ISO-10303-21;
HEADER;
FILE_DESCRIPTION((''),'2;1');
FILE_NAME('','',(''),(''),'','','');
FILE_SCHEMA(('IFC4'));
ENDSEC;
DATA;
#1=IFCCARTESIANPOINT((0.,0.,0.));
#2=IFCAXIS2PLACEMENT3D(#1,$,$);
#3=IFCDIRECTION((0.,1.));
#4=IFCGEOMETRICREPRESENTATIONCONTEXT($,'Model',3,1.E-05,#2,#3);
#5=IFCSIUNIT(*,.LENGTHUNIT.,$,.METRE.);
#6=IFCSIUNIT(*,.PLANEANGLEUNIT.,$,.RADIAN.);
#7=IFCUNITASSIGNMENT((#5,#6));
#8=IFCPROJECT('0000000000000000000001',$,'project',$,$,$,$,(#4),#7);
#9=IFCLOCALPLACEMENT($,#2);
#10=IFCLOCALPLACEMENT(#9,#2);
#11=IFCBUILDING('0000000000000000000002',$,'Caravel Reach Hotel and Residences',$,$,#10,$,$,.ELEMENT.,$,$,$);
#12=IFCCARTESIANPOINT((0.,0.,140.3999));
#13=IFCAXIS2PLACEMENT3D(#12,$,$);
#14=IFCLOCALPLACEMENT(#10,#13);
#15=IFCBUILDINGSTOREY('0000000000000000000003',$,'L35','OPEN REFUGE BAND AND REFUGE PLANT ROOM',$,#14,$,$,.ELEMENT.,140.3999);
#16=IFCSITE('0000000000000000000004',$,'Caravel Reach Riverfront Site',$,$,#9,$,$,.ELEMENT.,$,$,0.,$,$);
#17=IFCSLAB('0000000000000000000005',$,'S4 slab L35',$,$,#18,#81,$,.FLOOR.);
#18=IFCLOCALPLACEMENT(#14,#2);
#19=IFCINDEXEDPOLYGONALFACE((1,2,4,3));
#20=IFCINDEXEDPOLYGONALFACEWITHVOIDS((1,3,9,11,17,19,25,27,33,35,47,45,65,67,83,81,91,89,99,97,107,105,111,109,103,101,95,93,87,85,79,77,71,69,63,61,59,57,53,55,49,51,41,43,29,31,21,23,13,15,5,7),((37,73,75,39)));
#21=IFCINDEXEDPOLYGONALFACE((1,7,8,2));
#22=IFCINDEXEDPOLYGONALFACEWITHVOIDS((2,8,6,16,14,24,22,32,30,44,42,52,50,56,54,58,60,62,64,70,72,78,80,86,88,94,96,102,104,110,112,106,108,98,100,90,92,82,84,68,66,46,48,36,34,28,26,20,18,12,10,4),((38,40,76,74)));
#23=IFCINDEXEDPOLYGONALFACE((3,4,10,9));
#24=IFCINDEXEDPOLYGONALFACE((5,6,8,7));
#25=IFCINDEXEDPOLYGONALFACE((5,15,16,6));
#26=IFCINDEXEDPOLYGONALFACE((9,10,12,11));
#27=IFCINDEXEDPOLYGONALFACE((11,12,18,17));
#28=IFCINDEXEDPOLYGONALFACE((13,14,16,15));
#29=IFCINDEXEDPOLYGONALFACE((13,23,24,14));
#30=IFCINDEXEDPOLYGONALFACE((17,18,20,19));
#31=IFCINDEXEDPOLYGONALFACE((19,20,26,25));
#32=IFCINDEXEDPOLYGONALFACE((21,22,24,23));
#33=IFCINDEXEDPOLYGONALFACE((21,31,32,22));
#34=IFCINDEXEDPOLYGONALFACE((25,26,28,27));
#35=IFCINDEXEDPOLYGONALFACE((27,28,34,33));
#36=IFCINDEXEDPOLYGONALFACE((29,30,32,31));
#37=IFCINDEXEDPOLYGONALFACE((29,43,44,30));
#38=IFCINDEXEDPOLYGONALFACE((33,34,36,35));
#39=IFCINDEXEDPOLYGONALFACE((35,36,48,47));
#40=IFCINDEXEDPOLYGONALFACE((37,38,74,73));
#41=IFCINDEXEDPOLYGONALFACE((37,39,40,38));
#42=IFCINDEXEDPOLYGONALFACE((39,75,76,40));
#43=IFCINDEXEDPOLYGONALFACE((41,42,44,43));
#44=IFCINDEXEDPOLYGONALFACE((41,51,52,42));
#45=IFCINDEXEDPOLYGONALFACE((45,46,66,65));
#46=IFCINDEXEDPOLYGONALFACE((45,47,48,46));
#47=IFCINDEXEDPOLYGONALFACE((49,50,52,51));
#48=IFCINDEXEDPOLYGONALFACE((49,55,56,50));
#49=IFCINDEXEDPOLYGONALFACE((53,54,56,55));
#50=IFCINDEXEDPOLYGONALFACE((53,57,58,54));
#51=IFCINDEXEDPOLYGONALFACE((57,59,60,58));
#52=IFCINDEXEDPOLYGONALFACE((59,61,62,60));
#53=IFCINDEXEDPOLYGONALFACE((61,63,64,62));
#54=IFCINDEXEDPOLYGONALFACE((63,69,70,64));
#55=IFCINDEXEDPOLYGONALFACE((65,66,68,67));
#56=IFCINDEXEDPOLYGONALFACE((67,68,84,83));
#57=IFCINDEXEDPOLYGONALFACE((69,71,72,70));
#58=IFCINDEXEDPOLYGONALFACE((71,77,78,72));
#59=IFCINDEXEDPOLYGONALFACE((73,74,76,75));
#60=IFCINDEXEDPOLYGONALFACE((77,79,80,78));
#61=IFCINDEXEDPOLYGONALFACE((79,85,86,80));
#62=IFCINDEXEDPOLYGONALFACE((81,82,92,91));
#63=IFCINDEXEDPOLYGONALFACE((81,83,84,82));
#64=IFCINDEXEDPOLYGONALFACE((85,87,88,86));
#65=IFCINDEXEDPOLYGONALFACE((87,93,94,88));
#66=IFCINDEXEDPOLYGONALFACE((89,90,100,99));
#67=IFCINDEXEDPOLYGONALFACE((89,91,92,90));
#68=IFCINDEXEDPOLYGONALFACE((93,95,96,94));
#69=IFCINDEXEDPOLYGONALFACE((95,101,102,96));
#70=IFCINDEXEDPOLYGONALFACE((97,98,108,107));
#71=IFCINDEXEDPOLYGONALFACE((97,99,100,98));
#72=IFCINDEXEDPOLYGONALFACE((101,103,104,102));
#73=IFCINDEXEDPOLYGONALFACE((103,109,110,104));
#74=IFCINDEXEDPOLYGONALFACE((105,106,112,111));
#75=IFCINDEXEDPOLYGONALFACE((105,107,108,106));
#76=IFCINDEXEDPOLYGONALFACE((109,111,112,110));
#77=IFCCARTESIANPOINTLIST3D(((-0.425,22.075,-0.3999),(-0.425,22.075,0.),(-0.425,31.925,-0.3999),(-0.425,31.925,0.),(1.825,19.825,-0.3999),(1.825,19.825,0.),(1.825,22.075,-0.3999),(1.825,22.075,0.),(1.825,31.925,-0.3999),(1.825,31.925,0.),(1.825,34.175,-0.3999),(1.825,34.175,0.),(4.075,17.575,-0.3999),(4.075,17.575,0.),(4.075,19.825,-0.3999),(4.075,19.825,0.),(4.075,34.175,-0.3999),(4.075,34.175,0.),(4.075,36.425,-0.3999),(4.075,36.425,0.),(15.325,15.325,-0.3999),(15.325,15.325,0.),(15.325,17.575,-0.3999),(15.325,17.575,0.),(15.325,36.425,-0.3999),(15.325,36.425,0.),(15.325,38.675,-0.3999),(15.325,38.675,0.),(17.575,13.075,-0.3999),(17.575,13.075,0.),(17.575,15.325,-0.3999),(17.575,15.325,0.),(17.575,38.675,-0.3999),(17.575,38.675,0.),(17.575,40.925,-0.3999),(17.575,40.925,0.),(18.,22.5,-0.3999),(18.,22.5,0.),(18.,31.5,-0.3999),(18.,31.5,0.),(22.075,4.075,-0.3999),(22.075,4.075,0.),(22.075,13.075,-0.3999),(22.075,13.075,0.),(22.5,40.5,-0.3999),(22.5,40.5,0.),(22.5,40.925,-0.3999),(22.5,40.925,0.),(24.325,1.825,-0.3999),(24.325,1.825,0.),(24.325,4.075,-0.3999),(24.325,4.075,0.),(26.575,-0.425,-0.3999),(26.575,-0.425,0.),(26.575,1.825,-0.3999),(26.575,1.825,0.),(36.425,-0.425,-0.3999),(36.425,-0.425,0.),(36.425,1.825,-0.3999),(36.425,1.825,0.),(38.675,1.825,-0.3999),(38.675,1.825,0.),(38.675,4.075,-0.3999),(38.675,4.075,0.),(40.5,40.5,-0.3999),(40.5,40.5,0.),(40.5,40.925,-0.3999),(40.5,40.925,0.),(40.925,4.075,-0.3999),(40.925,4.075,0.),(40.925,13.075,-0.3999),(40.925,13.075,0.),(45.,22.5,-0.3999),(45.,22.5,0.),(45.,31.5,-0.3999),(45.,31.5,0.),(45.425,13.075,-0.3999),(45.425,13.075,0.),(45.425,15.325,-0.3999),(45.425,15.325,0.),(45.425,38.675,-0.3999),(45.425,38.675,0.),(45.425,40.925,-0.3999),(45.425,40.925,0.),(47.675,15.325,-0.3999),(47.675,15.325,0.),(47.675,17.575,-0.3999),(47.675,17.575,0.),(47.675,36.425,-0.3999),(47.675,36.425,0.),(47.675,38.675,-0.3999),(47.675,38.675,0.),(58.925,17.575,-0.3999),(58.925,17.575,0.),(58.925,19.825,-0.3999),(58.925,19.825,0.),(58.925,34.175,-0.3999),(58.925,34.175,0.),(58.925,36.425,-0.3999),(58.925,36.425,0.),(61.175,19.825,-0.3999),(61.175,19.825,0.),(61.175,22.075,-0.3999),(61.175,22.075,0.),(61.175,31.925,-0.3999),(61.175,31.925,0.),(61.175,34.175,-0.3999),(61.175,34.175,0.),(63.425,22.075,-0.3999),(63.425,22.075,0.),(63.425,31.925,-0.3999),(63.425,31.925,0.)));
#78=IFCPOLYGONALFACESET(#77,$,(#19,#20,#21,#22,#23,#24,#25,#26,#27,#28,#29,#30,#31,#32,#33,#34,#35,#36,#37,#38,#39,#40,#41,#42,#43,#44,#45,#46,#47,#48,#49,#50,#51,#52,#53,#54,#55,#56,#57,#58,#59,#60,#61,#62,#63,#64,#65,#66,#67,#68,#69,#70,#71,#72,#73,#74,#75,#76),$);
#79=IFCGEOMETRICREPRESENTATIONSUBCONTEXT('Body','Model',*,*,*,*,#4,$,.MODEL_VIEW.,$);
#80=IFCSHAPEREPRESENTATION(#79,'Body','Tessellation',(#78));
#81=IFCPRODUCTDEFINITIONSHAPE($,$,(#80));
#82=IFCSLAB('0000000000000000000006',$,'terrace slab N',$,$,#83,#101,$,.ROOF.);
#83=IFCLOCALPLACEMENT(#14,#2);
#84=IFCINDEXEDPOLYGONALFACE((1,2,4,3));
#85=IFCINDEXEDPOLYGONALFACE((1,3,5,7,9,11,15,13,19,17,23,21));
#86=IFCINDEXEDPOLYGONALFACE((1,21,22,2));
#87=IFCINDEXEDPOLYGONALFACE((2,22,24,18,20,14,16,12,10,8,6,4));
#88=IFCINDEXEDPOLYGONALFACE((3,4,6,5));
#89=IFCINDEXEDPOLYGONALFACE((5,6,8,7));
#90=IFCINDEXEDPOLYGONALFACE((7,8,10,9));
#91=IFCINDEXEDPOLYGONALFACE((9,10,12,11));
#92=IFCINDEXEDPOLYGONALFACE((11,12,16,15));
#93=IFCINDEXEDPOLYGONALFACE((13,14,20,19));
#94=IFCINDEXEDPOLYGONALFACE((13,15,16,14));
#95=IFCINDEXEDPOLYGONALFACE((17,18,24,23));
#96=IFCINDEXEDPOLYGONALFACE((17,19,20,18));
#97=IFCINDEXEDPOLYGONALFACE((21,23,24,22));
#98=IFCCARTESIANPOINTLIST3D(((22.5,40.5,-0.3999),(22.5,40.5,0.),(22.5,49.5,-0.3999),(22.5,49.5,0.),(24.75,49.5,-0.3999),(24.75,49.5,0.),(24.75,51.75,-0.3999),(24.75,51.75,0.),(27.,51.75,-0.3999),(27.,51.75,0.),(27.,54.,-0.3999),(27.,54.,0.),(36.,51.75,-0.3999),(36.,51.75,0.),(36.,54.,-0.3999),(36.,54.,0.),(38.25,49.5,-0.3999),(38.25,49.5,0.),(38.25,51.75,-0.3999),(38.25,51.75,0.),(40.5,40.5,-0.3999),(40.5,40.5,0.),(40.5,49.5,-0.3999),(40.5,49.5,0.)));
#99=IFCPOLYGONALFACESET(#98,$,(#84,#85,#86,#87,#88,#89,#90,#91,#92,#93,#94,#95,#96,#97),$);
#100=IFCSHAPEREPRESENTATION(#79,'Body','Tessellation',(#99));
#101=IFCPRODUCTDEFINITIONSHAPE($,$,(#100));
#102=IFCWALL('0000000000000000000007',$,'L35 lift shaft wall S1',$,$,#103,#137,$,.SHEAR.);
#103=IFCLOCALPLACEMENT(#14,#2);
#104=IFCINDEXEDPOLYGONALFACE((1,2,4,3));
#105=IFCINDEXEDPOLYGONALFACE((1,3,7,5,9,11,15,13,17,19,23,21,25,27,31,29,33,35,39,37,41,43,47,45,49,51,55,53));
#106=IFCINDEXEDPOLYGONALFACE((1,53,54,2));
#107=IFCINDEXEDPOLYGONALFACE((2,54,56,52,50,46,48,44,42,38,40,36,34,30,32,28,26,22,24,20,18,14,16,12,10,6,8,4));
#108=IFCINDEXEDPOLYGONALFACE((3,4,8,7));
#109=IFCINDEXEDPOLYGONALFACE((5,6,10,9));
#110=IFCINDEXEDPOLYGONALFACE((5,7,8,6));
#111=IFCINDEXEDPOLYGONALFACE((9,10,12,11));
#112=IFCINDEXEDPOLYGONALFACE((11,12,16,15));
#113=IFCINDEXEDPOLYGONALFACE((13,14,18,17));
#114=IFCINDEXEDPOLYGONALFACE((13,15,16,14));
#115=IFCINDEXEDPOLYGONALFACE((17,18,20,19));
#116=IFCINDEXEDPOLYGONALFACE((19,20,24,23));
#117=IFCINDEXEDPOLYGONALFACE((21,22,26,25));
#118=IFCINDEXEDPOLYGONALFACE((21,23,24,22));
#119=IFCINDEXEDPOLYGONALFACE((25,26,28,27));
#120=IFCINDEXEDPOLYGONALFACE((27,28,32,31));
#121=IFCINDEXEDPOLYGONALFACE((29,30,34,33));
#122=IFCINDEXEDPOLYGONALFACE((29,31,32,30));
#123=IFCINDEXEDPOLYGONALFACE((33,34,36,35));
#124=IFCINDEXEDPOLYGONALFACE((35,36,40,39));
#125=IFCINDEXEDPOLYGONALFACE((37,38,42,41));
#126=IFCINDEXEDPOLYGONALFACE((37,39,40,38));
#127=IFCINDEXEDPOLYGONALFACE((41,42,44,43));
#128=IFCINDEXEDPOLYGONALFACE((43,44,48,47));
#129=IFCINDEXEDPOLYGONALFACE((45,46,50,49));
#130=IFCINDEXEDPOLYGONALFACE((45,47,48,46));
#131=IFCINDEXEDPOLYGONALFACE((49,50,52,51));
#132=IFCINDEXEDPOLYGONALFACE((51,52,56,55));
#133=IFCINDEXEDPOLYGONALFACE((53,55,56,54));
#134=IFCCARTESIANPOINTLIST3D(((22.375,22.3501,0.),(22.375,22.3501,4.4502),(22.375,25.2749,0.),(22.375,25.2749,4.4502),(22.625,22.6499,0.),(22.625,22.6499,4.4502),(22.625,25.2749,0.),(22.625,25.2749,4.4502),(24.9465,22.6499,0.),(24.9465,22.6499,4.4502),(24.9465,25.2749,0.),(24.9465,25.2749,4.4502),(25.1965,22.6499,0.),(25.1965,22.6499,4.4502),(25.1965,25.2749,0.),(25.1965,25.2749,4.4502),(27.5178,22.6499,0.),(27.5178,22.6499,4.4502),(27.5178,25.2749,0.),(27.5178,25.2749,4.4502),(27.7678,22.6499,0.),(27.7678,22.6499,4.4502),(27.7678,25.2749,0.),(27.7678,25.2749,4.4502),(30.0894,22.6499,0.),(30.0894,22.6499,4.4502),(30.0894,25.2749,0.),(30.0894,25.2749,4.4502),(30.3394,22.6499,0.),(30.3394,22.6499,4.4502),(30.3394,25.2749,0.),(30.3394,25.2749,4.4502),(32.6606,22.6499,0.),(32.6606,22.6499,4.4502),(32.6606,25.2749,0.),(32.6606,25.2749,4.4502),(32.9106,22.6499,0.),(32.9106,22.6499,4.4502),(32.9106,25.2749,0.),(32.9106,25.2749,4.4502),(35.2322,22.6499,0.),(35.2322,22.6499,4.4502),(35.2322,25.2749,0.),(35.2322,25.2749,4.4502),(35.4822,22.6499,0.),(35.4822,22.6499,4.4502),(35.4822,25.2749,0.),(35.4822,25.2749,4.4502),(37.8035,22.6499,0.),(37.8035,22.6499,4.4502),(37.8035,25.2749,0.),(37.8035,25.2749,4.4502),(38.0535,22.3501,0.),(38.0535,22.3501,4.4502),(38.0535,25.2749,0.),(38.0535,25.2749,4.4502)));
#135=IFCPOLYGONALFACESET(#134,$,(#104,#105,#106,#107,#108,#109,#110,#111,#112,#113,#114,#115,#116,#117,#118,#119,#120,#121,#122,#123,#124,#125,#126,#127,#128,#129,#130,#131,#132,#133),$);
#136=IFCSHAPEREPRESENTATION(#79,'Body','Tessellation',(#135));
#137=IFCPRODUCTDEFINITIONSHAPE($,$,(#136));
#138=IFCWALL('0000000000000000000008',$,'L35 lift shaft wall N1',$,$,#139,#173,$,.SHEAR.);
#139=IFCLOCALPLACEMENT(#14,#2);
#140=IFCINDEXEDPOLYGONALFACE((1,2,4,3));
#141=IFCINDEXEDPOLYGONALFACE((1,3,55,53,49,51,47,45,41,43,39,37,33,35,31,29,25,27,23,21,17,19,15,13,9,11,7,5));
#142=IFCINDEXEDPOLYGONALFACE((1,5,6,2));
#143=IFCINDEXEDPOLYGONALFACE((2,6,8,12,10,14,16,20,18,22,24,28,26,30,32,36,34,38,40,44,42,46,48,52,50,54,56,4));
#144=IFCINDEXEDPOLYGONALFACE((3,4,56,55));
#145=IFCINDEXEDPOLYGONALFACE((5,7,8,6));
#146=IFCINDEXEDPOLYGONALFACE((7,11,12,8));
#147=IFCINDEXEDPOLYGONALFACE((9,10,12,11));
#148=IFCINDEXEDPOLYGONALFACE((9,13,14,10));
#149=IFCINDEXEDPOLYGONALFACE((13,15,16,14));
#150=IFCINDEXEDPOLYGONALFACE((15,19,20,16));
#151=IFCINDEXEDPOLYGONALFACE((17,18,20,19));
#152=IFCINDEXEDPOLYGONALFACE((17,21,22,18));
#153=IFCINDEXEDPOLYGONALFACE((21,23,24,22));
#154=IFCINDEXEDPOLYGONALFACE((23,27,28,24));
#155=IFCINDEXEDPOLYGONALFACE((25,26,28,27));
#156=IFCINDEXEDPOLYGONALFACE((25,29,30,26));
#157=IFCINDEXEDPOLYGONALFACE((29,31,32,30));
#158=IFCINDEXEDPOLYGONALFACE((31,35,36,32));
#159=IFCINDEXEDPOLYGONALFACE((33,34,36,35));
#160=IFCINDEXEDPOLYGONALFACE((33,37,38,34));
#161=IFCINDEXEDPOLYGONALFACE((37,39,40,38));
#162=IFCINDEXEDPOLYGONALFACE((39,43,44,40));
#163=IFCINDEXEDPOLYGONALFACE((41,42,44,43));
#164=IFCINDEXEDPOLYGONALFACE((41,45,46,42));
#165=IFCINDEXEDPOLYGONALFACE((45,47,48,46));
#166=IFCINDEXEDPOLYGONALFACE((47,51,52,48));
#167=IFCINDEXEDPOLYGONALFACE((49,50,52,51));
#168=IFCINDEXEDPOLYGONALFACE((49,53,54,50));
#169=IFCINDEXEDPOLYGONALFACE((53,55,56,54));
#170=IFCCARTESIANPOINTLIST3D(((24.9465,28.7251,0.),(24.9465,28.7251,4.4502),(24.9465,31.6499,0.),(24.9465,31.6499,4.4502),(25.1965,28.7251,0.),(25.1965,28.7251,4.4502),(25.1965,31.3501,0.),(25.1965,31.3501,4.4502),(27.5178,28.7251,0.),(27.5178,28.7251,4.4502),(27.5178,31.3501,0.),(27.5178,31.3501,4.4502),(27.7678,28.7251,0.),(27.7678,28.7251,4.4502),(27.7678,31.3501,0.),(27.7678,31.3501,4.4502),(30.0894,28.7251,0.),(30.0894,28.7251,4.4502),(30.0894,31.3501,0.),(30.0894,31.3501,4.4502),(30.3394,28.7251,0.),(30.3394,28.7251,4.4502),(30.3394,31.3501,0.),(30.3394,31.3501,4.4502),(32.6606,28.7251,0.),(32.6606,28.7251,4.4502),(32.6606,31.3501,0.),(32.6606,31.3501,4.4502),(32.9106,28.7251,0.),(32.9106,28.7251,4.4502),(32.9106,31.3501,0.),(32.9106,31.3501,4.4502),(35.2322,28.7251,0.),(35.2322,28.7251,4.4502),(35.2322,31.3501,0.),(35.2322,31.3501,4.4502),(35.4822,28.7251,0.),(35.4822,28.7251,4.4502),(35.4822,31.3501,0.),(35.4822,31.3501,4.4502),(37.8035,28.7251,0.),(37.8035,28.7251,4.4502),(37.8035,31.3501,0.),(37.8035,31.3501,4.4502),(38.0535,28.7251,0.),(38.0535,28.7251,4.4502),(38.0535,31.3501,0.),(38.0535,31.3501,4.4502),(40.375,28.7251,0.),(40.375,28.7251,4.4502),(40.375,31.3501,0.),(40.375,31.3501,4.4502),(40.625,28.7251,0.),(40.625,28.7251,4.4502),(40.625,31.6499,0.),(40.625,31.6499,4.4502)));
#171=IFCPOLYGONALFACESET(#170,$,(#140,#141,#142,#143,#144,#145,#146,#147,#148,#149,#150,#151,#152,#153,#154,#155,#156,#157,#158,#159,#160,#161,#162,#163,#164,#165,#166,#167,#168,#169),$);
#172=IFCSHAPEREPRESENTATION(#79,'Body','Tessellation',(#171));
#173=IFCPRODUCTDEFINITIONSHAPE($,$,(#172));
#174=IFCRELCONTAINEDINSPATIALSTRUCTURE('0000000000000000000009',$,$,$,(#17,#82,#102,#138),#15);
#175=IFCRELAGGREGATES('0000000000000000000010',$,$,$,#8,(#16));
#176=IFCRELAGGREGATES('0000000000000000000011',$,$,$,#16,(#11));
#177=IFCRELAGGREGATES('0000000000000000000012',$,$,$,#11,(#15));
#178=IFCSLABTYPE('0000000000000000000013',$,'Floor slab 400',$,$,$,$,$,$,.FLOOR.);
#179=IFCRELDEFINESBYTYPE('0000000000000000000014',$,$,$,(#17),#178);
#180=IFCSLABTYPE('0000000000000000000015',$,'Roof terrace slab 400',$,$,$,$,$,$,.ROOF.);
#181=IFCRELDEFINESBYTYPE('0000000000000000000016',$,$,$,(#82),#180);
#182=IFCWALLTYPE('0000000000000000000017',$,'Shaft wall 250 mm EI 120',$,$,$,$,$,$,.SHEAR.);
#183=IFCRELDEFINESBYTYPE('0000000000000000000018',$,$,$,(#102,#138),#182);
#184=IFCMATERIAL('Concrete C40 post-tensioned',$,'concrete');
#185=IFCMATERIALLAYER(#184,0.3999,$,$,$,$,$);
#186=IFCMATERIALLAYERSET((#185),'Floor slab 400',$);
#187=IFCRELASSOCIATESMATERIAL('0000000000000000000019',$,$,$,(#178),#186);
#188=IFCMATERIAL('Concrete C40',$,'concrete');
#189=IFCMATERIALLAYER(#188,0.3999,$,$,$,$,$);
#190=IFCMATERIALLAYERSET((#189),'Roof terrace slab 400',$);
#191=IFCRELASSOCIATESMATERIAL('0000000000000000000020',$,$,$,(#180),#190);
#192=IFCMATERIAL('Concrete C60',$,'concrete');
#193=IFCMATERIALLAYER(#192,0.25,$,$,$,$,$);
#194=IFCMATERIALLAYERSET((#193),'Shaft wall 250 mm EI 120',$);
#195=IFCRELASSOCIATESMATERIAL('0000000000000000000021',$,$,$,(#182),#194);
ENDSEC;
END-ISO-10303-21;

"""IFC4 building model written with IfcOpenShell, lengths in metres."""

from ifc_helpers import new_model, si_unit, direction, frame, origin, place, context, subcontext, project, spatial, polyline, outline, extrude, material, layer, layer_set, type_object, element, save


model = new_model("IFC4")

# Units and contexts
model_context = context("Model", 3, precision=1e-05, world=origin(), true_north=direction((0.0, 1.0)))
body_context = subcontext(model_context, "Body", "Model", "MODEL_VIEW")
ifc_project = project(units=[si_unit("LENGTHUNIT", "METRE"), si_unit("PLANEANGLEUNIT", "RADIAN")], contexts=[model_context])

# Site, building, storey
site_placement = place(None, origin())
site = spatial("IfcSite", under=ifc_project, at=site_placement, Name="Caravel Reach Riverfront Site", CompositionType="ELEMENT", RefElevation=0.0)
building_placement = place(site_placement, origin())
building = spatial("IfcBuilding", under=site, at=building_placement, Name="Caravel Reach Hotel and Residences", CompositionType="ELEMENT")
storey_placement = place(building_placement, frame((0.0, 0.0, 140.3999)))
storey = spatial("IfcBuildingStorey", under=building, at=storey_placement, Name="L35", Description="OPEN REFUGE BAND AND REFUGE PLANT ROOM", CompositionType="ELEMENT", Elevation=140.3999)

# Slabs
ifc_material_1 = material(Name="Concrete C40 post-tensioned", Category="concrete")
ifc_layer_1 = layer(ifc_material_1, 0.3999)
ifc_layer_set_1 = layer_set([ifc_layer_1], Name="Floor slab 400")
slab_type_1 = type_object("IfcSlabType", Name="Floor slab 400", PredefinedType="FLOOR", material=ifc_layer_set_1)
slab_1_placement = place(storey_placement, frame((0.0, 0.0, -0.3999)))
element("IfcSlab", 1, at=slab_1_placement, inside=storey, type_object=slab_type_1, Name="S4 slab L35", PredefinedType="FLOOR", context=body_context, shape_type="SweptSolid", body=[
    extrude(outline(polyline([(40.5, 40.925), (45.425, 40.925), (45.425, 38.675), (47.675, 38.675), (47.675, 36.425), (58.925, 36.425), (58.925, 34.175), (61.175, 34.175), (61.175, 31.925), (63.425, 31.925), (63.425, 22.075), (61.175, 22.075), (61.175, 19.825), (58.925, 19.825), (58.925, 17.575), (47.675, 17.575), (47.675, 15.325), (45.425, 15.325), (45.425, 13.075), (40.925, 13.075), (40.925, 4.075), (38.675, 4.075), (38.675, 1.825), (36.425, 1.825), (36.425, -0.425), (26.575, -0.425), (26.575, 1.825), (24.325, 1.825), (24.325, 4.075), (22.075, 4.075), (22.075, 13.075), (17.575, 13.075), (17.575, 15.325), (15.325, 15.325), (15.325, 17.575), (4.075, 17.575), (4.075, 19.825), (1.825, 19.825), (1.825, 22.075), (-0.425, 22.075), (-0.425, 31.925), (1.825, 31.925), (1.825, 34.175), (4.075, 34.175), (4.075, 36.425), (15.325, 36.425), (15.325, 38.675), (17.575, 38.675), (17.575, 40.925), (22.5, 40.925), (22.5, 40.5), (40.5, 40.5), (40.5, 40.925)]), holes=[polyline([(45.0, 31.5), (18.0, 31.5), (18.0, 22.5), (45.0, 22.5), (45.0, 31.5)])]), origin(), (0.0, 0.0, 1.0), 0.3999),
])
ifc_material_2 = material(Name="Concrete C40", Category="concrete")
ifc_layer_2 = layer(ifc_material_2, 0.3999)
ifc_layer_set_2 = layer_set([ifc_layer_2], Name="Roof terrace slab 400")
slab_type_2 = type_object("IfcSlabType", Name="Roof terrace slab 400", PredefinedType="ROOF", material=ifc_layer_set_2)
slab_2_placement = place(storey_placement, frame((0.0, 0.0, -0.3999)))
element("IfcSlab", 2, at=slab_2_placement, inside=storey, type_object=slab_type_2, Name="terrace slab N", PredefinedType="ROOF", context=body_context, shape_type="SweptSolid", body=[
    extrude(outline(polyline([(22.5, 49.5), (24.75, 49.5), (24.75, 51.75), (27.0, 51.75), (27.0, 54.0), (36.0, 54.0), (36.0, 51.75), (38.25, 51.75), (38.25, 49.5), (40.5, 49.5), (40.5, 40.5), (22.5, 40.5), (22.5, 49.5)])), origin(), (0.0, 0.0, 1.0), 0.3999),
])

# Walls
ifc_material_3 = material(Name="Concrete C60", Category="concrete")
ifc_layer_3 = layer(ifc_material_3, 0.25)
ifc_layer_set_3 = layer_set([ifc_layer_3], Name="Shaft wall 250 mm EI 120")
wall_type = type_object("IfcWallType", Name="Shaft wall 250 mm EI 120", PredefinedType="SHEAR", material=ifc_layer_set_3)
wall_1_placement = place(storey_placement, origin())
element("IfcWall", 3, at=wall_1_placement, inside=storey, type_object=wall_type, Name="L35 lift shaft wall S1", PredefinedType="SHEAR", context=body_context, shape_type="SweptSolid", body=[
    extrude(outline(polyline([(22.375, 22.3501), (38.0535, 22.3501), (38.0535, 25.2749), (37.8035, 25.2749), (37.8035, 22.6499), (35.4822, 22.6499), (35.4822, 25.2749), (35.2322, 25.2749), (35.2322, 22.6499), (32.9106, 22.6499), (32.9106, 25.2749), (32.6606, 25.2749), (32.6606, 22.6499), (30.3394, 22.6499), (30.3394, 25.2749), (30.0894, 25.2749), (30.0894, 22.6499), (27.7678, 22.6499), (27.7678, 25.2749), (27.5178, 25.2749), (27.5178, 22.6499), (25.1965, 22.6499), (25.1965, 25.2749), (24.9465, 25.2749), (24.9465, 22.6499), (22.625, 22.6499), (22.625, 25.2749), (22.375, 25.2749), (22.375, 22.3501)])), origin(), (0.0, 0.0, 1.0), 4.4502),
])
wall_2_placement = place(storey_placement, origin())
element("IfcWall", 4, at=wall_2_placement, inside=storey, type_object=wall_type, Name="L35 lift shaft wall N1", PredefinedType="SHEAR", context=body_context, shape_type="SweptSolid", body=[
    extrude(outline(polyline([(24.9465, 28.7251), (25.1965, 28.7251), (25.1965, 31.3501), (27.5178, 31.3501), (27.5178, 28.7251), (27.7678, 28.7251), (27.7678, 31.3501), (30.0894, 31.3501), (30.0894, 28.7251), (30.3394, 28.7251), (30.3394, 31.3501), (32.6606, 31.3501), (32.6606, 28.7251), (32.9106, 28.7251), (32.9106, 31.3501), (35.2322, 31.3501), (35.2322, 28.7251), (35.4822, 28.7251), (35.4822, 31.3501), (37.8035, 31.3501), (37.8035, 28.7251), (38.0535, 28.7251), (38.0535, 31.3501), (40.375, 31.3501), (40.375, 28.7251), (40.625, 28.7251), (40.625, 31.6499), (24.9465, 31.6499), (24.9465, 28.7251)])), origin(), (0.0, 0.0, 1.0), 4.4502),
])

save(model, "model.ifc")
